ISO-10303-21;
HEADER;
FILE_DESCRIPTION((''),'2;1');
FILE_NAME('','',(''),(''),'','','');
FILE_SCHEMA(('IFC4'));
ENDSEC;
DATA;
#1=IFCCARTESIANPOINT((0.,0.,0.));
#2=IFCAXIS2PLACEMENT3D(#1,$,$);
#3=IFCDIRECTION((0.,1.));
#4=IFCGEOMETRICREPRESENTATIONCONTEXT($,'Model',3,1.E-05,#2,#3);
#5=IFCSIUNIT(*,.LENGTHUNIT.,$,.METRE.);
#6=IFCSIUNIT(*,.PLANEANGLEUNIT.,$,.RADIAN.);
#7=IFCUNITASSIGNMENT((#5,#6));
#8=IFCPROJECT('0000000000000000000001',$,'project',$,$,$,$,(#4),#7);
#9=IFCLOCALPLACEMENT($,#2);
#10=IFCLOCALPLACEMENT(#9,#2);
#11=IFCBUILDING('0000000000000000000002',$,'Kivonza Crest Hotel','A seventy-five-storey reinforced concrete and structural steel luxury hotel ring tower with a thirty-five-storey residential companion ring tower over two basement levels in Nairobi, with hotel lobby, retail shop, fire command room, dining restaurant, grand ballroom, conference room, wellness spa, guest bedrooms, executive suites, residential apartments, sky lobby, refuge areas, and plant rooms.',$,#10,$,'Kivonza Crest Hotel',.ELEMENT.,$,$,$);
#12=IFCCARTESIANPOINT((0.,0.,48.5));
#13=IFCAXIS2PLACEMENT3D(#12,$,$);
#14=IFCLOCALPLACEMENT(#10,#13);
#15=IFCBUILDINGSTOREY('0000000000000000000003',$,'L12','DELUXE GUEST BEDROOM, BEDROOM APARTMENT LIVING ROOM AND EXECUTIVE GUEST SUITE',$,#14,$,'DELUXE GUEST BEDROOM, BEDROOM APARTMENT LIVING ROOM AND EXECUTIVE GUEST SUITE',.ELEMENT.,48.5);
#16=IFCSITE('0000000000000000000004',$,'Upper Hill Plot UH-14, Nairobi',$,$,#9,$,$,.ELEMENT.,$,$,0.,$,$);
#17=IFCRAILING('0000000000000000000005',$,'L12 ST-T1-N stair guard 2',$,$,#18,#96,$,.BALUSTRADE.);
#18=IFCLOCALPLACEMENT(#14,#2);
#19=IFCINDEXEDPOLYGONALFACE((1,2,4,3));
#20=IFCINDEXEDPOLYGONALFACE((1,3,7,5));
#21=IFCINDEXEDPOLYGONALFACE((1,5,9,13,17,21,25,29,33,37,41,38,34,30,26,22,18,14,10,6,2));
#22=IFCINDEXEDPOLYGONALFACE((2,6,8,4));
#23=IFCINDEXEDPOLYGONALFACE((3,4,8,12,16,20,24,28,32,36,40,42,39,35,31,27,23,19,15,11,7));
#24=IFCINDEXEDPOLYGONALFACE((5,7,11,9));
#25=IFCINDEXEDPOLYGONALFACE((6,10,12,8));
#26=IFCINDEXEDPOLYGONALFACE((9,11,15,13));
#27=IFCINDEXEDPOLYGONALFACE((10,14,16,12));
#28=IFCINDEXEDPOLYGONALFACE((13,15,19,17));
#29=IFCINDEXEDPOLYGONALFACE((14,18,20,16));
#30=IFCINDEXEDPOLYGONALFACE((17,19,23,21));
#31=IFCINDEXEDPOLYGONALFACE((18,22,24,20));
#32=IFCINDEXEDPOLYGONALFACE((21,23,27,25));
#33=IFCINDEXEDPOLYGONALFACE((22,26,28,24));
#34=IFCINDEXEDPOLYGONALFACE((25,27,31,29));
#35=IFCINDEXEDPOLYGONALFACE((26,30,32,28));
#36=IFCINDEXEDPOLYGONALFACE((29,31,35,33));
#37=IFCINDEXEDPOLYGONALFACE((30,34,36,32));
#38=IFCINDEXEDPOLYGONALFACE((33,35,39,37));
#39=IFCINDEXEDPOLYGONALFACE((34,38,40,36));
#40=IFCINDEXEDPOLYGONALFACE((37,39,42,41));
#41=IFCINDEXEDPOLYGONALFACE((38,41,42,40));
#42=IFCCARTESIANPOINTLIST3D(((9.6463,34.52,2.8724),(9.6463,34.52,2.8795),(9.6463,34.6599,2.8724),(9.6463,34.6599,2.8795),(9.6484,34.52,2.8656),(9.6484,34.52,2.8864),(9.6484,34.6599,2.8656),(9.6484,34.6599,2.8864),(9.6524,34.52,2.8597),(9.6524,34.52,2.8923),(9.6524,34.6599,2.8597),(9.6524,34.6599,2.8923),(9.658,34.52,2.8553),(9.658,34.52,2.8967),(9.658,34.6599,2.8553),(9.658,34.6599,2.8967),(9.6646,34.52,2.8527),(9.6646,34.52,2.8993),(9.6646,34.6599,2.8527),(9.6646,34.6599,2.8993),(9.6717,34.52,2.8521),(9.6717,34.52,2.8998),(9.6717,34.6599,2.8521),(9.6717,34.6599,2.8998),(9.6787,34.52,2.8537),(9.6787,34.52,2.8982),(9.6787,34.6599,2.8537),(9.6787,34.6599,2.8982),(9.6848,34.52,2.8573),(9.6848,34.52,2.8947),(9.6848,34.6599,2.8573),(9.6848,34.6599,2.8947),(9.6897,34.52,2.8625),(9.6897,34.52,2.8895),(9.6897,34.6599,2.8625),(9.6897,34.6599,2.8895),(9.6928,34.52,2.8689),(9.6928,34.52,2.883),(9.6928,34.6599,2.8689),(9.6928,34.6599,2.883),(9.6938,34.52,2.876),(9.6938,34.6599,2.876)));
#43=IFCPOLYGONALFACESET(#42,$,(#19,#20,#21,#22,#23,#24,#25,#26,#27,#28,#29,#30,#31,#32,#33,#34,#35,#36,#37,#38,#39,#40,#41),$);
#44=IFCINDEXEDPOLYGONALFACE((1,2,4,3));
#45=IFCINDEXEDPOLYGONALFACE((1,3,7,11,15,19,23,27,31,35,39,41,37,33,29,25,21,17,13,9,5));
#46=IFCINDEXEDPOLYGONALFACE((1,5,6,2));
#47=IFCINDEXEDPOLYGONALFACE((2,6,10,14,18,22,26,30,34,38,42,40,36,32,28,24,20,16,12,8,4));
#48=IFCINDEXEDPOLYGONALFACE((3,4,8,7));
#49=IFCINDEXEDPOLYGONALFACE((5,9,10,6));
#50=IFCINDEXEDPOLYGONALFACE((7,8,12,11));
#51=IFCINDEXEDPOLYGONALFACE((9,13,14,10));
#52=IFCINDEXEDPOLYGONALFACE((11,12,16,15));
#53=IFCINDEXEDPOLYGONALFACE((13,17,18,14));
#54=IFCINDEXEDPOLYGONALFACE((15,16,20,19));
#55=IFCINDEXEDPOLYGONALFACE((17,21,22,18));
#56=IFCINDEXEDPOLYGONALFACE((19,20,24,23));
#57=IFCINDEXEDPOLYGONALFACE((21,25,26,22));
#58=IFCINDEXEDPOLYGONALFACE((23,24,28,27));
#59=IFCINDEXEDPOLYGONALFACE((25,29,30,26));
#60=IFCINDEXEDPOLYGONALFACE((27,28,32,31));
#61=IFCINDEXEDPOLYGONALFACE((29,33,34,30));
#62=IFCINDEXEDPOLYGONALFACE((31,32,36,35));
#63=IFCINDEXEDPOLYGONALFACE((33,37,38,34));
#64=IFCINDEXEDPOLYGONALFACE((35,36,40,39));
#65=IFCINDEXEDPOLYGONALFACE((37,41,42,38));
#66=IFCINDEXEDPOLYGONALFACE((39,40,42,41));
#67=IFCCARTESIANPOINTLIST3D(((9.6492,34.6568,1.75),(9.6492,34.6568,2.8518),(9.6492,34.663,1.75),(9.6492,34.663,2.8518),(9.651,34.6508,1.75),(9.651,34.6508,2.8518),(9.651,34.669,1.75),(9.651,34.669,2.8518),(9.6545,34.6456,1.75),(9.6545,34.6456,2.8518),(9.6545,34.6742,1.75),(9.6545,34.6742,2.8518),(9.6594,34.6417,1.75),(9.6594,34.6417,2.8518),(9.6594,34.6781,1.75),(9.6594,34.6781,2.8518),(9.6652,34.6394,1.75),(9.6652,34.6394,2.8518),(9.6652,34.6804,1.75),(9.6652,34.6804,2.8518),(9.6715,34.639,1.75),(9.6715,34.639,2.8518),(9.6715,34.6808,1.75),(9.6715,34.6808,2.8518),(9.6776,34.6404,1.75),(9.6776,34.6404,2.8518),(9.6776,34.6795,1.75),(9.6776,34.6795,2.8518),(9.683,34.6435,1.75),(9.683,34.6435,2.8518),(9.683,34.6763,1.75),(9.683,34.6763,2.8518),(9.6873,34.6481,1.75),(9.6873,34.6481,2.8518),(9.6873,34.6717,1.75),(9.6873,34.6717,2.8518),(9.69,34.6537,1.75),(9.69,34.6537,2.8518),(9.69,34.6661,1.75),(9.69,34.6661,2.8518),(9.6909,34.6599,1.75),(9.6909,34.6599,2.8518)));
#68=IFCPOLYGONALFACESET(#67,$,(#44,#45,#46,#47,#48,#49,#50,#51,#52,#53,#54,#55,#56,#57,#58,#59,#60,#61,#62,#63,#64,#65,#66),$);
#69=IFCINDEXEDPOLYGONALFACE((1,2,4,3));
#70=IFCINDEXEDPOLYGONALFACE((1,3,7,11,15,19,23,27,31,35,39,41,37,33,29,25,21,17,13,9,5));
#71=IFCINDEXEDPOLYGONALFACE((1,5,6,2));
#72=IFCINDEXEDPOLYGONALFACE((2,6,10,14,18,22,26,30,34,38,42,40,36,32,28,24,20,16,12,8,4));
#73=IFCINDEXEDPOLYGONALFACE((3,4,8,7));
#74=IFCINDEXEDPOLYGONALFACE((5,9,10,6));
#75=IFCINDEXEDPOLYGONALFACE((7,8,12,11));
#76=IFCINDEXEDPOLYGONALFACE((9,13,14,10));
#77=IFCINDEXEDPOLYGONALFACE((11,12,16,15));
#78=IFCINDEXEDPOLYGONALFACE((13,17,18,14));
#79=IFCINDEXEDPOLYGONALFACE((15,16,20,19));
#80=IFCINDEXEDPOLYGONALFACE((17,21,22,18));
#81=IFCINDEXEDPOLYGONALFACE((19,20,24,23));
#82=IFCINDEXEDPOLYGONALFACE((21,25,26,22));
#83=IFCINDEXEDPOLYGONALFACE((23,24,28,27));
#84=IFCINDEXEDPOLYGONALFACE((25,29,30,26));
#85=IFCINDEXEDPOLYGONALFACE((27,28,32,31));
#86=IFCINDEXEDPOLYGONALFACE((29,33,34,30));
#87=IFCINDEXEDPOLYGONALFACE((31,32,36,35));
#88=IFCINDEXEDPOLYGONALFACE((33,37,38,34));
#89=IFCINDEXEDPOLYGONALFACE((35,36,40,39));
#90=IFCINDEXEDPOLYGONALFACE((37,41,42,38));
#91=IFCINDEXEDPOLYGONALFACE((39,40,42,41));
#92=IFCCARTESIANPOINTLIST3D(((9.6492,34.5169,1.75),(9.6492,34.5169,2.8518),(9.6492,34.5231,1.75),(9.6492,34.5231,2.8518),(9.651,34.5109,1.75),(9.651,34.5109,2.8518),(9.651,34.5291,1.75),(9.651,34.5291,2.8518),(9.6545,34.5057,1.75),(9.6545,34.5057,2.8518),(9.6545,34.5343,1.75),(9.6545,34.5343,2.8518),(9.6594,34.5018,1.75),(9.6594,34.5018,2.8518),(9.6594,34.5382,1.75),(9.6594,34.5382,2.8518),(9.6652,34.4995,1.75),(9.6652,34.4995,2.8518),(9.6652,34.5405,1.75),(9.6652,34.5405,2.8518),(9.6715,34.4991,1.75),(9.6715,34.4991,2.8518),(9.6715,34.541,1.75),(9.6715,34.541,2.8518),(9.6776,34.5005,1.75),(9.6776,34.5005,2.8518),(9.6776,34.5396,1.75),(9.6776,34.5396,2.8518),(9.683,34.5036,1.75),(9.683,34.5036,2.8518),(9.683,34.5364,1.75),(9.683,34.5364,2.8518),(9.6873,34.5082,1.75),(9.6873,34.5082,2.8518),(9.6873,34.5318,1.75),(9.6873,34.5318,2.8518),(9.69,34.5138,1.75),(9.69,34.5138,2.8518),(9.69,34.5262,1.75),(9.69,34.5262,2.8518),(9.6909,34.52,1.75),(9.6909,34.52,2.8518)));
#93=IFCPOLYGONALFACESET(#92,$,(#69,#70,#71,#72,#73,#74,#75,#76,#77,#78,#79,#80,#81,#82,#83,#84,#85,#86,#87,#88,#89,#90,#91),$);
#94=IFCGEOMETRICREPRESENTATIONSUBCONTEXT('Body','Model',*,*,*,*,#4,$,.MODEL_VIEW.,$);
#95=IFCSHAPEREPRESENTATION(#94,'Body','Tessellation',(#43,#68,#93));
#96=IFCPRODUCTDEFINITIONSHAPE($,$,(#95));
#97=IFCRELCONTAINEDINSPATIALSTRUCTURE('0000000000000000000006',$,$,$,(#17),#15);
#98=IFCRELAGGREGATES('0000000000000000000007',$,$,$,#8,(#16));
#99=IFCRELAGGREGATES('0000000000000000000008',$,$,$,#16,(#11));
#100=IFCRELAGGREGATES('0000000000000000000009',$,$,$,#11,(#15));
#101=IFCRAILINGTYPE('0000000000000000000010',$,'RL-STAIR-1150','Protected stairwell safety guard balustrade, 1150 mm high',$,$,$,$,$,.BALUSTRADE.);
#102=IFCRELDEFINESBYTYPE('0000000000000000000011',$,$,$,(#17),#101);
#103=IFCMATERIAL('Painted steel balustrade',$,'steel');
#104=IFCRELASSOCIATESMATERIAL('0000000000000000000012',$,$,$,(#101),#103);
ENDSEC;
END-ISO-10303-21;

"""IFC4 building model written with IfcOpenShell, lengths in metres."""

from ifc_helpers import new_model, si_unit, direction, frame, origin, origin_2d, place, context, subcontext, project, spatial, circle, extrude, material, type_object, element, save


model = new_model("IFC4")

# Units and contexts
model_context = context("Model", 3, precision=1e-05, world=origin(), true_north=direction((0.0, 1.0)))
body_context = subcontext(model_context, "Body", "Model", "MODEL_VIEW")
ifc_project = project(units=[si_unit("LENGTHUNIT", "METRE"), si_unit("PLANEANGLEUNIT", "RADIAN")], contexts=[model_context])

# Site, building, storey
site_placement = place(None, origin())
site = spatial("IfcSite", under=ifc_project, at=site_placement, Name="Upper Hill Plot UH-14, Nairobi", CompositionType="ELEMENT", RefElevation=0.0)
building_placement = place(site_placement, origin())
building = spatial("IfcBuilding", under=site, at=building_placement, Name="Kivonza Crest Hotel", Description="A seventy-five-storey reinforced concrete and structural steel luxury hotel ring tower with a thirty-five-storey residential companion ring tower over two basement levels in Nairobi, with hotel lobby, retail shop, fire command room, dining restaurant, grand ballroom, conference room, wellness spa, guest bedrooms, executive suites, residential apartments, sky lobby, refuge areas, and plant rooms.", LongName="Kivonza Crest Hotel", CompositionType="ELEMENT")
storey_placement = place(building_placement, frame((0.0, 0.0, 48.5)))
storey = spatial("IfcBuildingStorey", under=building, at=storey_placement, Name="L12", Description="DELUXE GUEST BEDROOM, BEDROOM APARTMENT LIVING ROOM AND EXECUTIVE GUEST SUITE", LongName="DELUXE GUEST BEDROOM, BEDROOM APARTMENT LIVING ROOM AND EXECUTIVE GUEST SUITE", CompositionType="ELEMENT", Elevation=48.5)

# Railing
ifc_material_1 = material(Name="Painted steel balustrade", Category="steel")
railing_type_1 = type_object("IfcRailingType", Name="RL-STAIR-1150", Description="Protected stairwell safety guard balustrade, 1150 mm high", PredefinedType="BALUSTRADE", material=ifc_material_1)
railing_1_placement = place(storey_placement, frame((9.6699, 34.6599, 1.75)))
element("IfcRailing", 1, at=railing_1_placement, inside=storey, type_object=railing_type_1, Name="L12 ST-T1-N stair guard 2", PredefinedType="BALUSTRADE", context=body_context, shape_type="SweptSolid", body=[
    extrude(circle(Radius=0.0239, at=origin_2d()), frame((0.0, 0.0, 1.126), z_axis=(0.0, -1.0, 0.0), x_axis=(1.0, 0.0, 0.0)), (0.0, 0.0, 1.0), 0.1399),
    extrude(circle(Radius=0.021, at=origin_2d()), origin(), (0.0, 0.0, 1.0), 1.1018),
    extrude(circle(Radius=0.021, at=origin_2d()), frame((0.0, -0.1399, 0.0)), (0.0, 0.0, 1.0), 1.1018),
])

save(model, "model.ifc")
